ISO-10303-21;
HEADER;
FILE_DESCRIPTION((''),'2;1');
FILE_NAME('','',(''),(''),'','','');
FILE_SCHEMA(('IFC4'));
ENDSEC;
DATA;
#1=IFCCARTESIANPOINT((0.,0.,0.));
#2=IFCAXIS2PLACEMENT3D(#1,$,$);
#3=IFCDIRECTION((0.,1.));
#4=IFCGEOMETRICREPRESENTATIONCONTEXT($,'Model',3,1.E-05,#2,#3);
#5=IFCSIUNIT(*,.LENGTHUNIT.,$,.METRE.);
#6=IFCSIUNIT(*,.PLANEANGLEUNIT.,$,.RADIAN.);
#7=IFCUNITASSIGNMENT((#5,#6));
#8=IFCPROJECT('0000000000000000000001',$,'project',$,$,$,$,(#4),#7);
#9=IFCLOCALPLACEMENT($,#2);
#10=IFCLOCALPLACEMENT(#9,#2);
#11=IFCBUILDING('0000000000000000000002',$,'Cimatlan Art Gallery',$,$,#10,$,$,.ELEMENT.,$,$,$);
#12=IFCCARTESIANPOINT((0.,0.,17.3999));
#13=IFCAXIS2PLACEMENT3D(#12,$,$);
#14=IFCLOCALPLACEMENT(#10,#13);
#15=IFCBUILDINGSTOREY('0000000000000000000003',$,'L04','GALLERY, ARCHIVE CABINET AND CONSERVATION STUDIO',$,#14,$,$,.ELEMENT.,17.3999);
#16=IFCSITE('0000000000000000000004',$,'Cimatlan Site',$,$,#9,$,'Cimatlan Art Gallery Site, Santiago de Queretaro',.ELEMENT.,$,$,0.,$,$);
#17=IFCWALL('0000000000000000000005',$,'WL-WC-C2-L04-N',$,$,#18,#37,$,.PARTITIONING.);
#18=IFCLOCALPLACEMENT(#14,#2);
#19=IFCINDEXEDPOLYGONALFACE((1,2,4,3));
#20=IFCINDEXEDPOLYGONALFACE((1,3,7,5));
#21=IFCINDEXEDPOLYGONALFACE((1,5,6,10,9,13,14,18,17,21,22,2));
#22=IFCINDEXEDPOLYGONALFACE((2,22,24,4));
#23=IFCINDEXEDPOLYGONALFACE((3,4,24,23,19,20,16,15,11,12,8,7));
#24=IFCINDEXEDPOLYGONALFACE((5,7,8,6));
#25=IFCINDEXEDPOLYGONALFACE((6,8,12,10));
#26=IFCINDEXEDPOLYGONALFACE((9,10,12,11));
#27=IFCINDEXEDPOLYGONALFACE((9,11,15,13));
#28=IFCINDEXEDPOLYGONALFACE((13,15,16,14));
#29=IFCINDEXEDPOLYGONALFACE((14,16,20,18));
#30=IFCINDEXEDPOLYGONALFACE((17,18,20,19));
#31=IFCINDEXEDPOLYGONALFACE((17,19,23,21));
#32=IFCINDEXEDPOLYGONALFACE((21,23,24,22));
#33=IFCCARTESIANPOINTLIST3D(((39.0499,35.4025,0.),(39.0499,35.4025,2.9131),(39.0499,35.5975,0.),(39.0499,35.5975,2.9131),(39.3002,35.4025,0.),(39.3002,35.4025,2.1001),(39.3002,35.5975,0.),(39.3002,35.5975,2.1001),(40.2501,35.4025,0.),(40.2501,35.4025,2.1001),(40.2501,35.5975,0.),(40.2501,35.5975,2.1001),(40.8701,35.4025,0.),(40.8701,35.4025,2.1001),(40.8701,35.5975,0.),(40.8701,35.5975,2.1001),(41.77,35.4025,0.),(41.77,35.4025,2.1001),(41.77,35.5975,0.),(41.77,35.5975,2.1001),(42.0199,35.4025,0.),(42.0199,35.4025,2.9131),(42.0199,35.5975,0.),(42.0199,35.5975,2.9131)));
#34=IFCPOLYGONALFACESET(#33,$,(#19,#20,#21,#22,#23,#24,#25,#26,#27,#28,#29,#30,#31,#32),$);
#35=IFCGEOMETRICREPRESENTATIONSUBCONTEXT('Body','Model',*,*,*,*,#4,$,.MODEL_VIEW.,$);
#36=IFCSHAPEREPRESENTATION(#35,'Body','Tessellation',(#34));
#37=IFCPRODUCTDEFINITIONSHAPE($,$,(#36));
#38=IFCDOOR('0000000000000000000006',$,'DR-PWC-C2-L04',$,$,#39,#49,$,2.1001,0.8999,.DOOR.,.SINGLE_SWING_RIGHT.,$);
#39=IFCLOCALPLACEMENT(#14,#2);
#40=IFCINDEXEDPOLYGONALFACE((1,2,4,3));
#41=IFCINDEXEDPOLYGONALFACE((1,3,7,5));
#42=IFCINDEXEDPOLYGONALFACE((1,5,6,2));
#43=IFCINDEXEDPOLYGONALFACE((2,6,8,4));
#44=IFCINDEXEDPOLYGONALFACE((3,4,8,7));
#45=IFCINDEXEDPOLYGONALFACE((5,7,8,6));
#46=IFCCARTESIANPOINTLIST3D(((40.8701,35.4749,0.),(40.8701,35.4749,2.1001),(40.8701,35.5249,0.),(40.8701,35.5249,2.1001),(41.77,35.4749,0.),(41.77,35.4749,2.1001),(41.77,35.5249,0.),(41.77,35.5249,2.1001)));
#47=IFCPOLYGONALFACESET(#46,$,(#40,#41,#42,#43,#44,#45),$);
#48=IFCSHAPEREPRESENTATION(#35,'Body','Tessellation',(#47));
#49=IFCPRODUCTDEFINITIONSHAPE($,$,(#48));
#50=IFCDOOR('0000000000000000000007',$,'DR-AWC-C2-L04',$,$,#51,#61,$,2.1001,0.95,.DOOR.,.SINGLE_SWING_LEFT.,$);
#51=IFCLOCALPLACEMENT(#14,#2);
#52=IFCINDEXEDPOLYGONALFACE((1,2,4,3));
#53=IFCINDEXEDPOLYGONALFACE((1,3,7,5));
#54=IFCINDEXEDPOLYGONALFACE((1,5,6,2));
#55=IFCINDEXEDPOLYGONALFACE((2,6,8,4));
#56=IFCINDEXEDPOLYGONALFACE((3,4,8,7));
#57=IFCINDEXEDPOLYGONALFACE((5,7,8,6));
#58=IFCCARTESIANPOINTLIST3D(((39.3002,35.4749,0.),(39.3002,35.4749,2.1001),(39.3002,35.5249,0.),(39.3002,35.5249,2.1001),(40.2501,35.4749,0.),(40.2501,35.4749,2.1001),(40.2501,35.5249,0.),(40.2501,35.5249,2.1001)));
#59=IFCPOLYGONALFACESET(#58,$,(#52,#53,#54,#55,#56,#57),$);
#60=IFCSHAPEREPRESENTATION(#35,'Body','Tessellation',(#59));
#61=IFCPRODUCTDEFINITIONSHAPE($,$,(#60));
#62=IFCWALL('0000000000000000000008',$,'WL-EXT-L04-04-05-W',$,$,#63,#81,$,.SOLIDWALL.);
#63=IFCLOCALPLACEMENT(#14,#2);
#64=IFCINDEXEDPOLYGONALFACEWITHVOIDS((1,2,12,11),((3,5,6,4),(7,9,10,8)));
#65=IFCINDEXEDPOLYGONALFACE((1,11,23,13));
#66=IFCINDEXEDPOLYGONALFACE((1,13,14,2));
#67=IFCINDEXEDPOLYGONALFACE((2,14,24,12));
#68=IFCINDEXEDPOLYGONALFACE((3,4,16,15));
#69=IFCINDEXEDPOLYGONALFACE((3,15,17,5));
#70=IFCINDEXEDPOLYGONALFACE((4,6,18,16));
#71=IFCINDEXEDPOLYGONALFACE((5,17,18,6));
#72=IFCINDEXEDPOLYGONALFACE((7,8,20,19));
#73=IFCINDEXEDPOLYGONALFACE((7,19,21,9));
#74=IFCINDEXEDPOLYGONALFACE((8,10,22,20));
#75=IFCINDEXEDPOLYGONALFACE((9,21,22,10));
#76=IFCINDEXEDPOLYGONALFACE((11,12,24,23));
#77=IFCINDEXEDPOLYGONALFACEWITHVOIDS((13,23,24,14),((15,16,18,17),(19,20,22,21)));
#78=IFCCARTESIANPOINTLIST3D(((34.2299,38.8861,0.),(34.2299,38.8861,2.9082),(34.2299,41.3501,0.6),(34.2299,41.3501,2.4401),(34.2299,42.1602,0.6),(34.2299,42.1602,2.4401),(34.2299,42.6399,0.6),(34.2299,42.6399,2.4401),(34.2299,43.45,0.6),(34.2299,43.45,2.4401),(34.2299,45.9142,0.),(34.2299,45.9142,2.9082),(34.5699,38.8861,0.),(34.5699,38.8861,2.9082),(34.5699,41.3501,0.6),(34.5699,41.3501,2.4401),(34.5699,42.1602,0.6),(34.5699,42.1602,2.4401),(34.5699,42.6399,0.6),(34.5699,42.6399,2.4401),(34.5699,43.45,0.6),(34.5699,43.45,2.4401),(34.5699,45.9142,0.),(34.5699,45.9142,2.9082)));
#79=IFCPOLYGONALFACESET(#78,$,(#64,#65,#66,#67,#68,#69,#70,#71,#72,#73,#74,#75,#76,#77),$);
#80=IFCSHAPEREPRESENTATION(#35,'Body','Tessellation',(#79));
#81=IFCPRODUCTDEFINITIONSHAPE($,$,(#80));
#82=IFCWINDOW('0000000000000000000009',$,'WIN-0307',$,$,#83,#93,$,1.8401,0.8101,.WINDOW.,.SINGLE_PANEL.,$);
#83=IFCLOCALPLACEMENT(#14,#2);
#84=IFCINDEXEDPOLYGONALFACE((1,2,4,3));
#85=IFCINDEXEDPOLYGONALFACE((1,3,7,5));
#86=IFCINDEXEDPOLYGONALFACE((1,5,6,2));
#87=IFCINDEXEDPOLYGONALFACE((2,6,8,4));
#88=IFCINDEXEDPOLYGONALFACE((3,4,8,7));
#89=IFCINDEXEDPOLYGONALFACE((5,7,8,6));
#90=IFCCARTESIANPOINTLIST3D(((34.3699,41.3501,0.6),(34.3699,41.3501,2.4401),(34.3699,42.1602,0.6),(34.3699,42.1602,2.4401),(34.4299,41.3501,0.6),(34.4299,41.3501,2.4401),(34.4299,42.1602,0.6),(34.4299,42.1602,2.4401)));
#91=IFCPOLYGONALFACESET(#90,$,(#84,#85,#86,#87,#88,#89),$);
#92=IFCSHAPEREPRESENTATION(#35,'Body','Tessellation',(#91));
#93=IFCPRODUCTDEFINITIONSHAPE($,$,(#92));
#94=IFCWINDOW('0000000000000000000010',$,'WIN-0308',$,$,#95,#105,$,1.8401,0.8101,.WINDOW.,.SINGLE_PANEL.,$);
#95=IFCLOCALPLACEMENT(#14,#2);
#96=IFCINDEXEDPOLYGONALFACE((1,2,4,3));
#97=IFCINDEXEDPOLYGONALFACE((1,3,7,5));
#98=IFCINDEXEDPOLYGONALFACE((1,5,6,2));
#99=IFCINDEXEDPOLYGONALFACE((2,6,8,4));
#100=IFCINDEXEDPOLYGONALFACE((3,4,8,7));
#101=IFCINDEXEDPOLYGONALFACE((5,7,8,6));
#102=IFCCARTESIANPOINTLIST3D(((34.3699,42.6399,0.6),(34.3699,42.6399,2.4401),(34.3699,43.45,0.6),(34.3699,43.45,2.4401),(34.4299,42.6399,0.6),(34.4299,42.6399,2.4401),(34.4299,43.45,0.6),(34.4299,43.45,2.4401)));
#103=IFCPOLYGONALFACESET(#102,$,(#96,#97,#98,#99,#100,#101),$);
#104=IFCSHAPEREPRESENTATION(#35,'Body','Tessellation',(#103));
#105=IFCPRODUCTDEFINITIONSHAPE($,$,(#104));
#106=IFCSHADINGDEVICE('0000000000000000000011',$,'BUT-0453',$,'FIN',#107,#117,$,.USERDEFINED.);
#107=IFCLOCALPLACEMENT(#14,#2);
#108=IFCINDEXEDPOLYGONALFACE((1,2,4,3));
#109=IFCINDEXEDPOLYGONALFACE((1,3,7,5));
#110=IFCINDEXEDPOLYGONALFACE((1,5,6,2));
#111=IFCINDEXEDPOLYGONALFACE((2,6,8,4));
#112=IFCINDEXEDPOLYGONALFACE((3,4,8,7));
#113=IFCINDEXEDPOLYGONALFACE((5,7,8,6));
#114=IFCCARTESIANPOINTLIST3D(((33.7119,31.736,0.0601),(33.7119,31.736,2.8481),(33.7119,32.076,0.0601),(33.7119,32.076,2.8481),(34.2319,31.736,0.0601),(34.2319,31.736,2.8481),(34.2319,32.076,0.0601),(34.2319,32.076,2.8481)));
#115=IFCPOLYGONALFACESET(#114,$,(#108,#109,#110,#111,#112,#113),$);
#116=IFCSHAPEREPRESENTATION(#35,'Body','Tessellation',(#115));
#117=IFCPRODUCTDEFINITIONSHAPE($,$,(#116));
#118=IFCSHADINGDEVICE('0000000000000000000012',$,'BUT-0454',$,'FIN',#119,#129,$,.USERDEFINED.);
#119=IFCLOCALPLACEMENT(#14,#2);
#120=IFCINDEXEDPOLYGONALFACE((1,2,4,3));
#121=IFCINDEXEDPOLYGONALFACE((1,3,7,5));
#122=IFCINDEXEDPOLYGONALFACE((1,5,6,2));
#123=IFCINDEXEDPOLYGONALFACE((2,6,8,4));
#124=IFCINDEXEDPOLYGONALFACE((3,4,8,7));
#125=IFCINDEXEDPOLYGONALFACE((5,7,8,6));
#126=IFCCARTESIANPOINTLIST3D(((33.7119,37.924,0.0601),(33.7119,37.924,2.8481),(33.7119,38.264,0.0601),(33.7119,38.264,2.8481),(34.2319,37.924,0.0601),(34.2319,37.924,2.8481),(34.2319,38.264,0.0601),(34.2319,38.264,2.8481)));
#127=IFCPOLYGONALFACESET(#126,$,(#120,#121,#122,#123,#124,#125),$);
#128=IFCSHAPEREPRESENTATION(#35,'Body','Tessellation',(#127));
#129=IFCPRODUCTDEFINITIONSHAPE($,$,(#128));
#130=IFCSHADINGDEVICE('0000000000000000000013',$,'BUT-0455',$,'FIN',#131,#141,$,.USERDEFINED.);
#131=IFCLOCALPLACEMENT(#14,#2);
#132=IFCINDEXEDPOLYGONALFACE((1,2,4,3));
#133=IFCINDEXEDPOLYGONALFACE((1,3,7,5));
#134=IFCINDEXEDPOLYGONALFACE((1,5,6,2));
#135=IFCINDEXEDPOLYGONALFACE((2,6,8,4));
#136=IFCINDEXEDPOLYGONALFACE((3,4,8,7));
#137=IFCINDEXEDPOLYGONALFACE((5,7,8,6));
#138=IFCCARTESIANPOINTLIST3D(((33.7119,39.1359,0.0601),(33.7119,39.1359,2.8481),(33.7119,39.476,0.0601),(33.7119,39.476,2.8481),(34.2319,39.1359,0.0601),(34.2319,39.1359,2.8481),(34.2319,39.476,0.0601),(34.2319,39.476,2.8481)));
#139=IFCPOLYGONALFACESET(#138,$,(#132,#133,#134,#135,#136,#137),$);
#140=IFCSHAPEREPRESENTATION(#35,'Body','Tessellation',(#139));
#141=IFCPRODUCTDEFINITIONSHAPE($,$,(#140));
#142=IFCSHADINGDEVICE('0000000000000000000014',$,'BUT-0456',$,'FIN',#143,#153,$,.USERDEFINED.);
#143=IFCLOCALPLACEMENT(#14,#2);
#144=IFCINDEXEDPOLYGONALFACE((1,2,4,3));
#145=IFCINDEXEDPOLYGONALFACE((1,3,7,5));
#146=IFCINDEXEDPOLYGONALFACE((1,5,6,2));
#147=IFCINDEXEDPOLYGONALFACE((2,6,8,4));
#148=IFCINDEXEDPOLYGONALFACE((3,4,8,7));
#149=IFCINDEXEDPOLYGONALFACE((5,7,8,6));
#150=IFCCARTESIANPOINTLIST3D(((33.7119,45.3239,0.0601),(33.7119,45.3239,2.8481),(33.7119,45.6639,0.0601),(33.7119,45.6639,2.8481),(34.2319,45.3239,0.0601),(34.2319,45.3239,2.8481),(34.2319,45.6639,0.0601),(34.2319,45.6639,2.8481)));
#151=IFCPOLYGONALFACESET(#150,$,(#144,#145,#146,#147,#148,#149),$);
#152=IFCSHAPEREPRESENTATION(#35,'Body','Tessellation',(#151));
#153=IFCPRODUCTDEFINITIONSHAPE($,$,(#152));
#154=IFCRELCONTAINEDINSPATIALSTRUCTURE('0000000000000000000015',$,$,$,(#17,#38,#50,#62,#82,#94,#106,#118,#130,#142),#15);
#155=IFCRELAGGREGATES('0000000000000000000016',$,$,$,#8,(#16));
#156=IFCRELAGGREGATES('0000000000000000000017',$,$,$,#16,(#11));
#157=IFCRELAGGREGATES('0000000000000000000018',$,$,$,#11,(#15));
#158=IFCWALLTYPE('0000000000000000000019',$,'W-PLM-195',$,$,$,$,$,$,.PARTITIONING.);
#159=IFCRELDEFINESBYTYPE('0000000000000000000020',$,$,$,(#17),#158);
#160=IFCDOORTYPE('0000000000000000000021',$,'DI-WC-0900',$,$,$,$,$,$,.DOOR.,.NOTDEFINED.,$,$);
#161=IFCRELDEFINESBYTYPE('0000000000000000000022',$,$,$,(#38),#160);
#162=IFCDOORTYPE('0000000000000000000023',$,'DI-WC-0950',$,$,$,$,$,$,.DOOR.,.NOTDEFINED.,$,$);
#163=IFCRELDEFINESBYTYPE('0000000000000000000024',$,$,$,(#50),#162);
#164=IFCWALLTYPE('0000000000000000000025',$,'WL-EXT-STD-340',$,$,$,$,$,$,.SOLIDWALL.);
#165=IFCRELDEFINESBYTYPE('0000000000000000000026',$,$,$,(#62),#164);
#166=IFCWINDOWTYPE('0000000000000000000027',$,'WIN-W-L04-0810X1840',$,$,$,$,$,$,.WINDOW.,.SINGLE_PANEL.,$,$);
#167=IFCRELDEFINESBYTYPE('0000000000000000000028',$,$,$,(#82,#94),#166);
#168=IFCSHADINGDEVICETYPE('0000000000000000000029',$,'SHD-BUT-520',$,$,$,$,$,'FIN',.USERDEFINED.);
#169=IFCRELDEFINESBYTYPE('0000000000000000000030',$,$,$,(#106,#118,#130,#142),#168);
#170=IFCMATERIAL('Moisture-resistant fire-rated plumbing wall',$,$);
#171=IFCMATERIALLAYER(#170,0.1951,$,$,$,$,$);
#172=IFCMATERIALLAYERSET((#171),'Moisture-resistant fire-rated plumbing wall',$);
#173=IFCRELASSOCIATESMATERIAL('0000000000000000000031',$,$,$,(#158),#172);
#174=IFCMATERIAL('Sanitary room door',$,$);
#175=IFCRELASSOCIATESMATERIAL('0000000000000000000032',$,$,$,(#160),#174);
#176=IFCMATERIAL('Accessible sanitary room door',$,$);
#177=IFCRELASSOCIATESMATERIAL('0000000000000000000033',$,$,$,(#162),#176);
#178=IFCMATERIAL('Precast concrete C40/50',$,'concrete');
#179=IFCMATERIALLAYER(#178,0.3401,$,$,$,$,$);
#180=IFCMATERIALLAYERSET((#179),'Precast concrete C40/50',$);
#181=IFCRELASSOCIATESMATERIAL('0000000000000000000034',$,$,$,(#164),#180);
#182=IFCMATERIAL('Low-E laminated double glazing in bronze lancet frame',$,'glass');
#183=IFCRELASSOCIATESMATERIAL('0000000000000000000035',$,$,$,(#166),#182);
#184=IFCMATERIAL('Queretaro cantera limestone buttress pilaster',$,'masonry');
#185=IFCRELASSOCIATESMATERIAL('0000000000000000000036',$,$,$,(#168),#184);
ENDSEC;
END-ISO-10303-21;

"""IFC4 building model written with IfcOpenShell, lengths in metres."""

from ifc_helpers import new_model, si_unit, direction, frame, frame_2d, origin, origin_2d, place, context, subcontext, project, spatial, rectangle, extrude, material, layer, layer_set, type_object, element, fill, save


model = new_model("IFC4")

# Units and contexts
model_context = context("Model", 3, precision=1e-05, world=origin(), true_north=direction((0.0, 1.0)))
body_context = subcontext(model_context, "Body", "Model", "MODEL_VIEW")
ifc_project = project(units=[si_unit("LENGTHUNIT", "METRE"), si_unit("PLANEANGLEUNIT", "RADIAN")], contexts=[model_context])

# Site, building, storey
site_placement = place(None, origin())
site = spatial("IfcSite", under=ifc_project, at=site_placement, Name="Cimatlan Site", LongName="Cimatlan Art Gallery Site, Santiago de Queretaro", CompositionType="ELEMENT", RefElevation=0.0)
building_placement = place(site_placement, origin())
building = spatial("IfcBuilding", under=site, at=building_placement, Name="Cimatlan Art Gallery", CompositionType="ELEMENT")
storey_placement = place(building_placement, frame((0.0, 0.0, 17.3999)))
storey = spatial("IfcBuildingStorey", under=building, at=storey_placement, Name="L04", Description="GALLERY, ARCHIVE CABINET AND CONSERVATION STUDIO", CompositionType="ELEMENT", Elevation=17.3999)

# Shared definitions
ifc_material_1 = material(Name="Precast concrete C40/50", Category="concrete")

# Shared definitions
ifc_material_2 = material(Name="Moisture-resistant fire-rated plumbing wall")
ifc_layer_1 = layer(ifc_material_2, 0.1951)
ifc_layer_set_1 = layer_set([ifc_layer_1], Name="Moisture-resistant fire-rated plumbing wall")
wall_type_1 = type_object("IfcWallType", Name="W-PLM-195", PredefinedType="PARTITIONING", material=ifc_layer_set_1)

# Wall, openings, doors
wall_1_placement = place(storey_placement, frame((39.05, 35.5, 0.0), z_axis=(0.0, 0.0, 1.0), x_axis=(1.0, 0.0, 0.0)))
wall_1 = element("IfcWall", 1, at=wall_1_placement, inside=storey, type_object=wall_type_1, Name="WL-WC-C2-L04-N", PredefinedType="PARTITIONING", context=body_context, shape_type="SweptSolid", body=[
    extrude(rectangle(XDim=2.97, YDim=0.1951, at=frame_2d((1.4849, 0.0))), origin(), (0.0, 0.0, 1.0), 2.9131),
])
opening_1_placement = place(wall_1_placement, frame((0.25, 0.0, 0.0)))
opening_1 = element("IfcOpeningElement", 2, at=opening_1_placement, cuts=wall_1, PredefinedType="OPENING", context=body_context, shape_type="SweptSolid", body=[
    extrude(rectangle(XDim=0.95, YDim=2.1001, at=frame_2d((0.4751, 1.05))), frame((0.0, 0.1074, 0.0), z_axis=(0.0, -1.0, 0.0), x_axis=(1.0, 0.0, 0.0)), (0.0, 0.0, 1.0), 0.2151),
])
opening_2_placement = place(wall_1_placement, frame((1.8201, 0.0, 0.0)))
opening_2 = element("IfcOpeningElement", 3, at=opening_2_placement, cuts=wall_1, PredefinedType="OPENING", context=body_context, shape_type="SweptSolid", body=[
    extrude(rectangle(XDim=0.8999, YDim=2.1001, at=frame_2d((0.45, 1.05))), frame((0.0, 0.1074, 0.0), z_axis=(0.0, -1.0, 0.0), x_axis=(1.0, 0.0, 0.0)), (0.0, 0.0, 1.0), 0.2151),
])
ifc_material_3 = material(Name="Sanitary room door")
door_type_1 = type_object("IfcDoorType", Name="DI-WC-0900", OperationType="NOTDEFINED", PredefinedType="DOOR", material=ifc_material_3)
door_1_placement = place(opening_2_placement, origin())
door_1 = element("IfcDoor", 4, at=door_1_placement, inside=storey, type_object=door_type_1, Name="DR-PWC-C2-L04", OperationType="SINGLE_SWING_RIGHT", OverallHeight=2.1001, OverallWidth=0.8999, PredefinedType="DOOR", context=body_context, shape_type="SweptSolid", body=[
    extrude(rectangle(XDim=0.8999, YDim=2.1001, at=frame_2d((0.45, 1.05))), frame((0.0, 0.0249, 0.0), z_axis=(0.0, -1.0, 0.0), x_axis=(1.0, 0.0, 0.0)), (0.0, 0.0, 1.0), 0.05),
])
fill(opening_2, door_1)
ifc_material_4 = material(Name="Accessible sanitary room door")
door_type_2 = type_object("IfcDoorType", Name="DI-WC-0950", OperationType="NOTDEFINED", PredefinedType="DOOR", material=ifc_material_4)
door_2_placement = place(opening_1_placement, origin())
door_2 = element("IfcDoor", 5, at=door_2_placement, inside=storey, type_object=door_type_2, Name="DR-AWC-C2-L04", OperationType="SINGLE_SWING_LEFT", OverallHeight=2.1001, OverallWidth=0.95, PredefinedType="DOOR", context=body_context, shape_type="SweptSolid", body=[
    extrude(rectangle(XDim=0.95, YDim=2.1001, at=frame_2d((0.4751, 1.05))), frame((0.0, 0.0249, 0.0), z_axis=(0.0, -1.0, 0.0), x_axis=(1.0, 0.0, 0.0)), (0.0, 0.0, 1.0), 0.05),
])
fill(opening_1, door_2)

# Wall, openings, windows
ifc_layer_2 = layer(ifc_material_1, 0.3401)
ifc_layer_set_2 = layer_set([ifc_layer_2], Name="Precast concrete C40/50")
wall_type_2 = type_object("IfcWallType", Name="WL-EXT-STD-340", PredefinedType="SOLIDWALL", material=ifc_layer_set_2)
wall_2_placement = place(storey_placement, frame((34.3999, 38.886, 0.0), z_axis=(0.0, 0.0, 1.0), x_axis=(0.0, 1.0, 0.0)))
wall_2 = element("IfcWall", 6, at=wall_2_placement, inside=storey, type_object=wall_type_2, Name="WL-EXT-L04-04-05-W", PredefinedType="SOLIDWALL", context=body_context, shape_type="SweptSolid", body=[
    extrude(rectangle(XDim=7.0281, YDim=0.3401, at=frame_2d((3.5142, 0.0))), origin(), (0.0, 0.0, 1.0), 2.9082),
])
opening_3_placement = place(wall_2_placement, frame((2.4641, 0.0, 0.6001)))
opening_3 = element("IfcOpeningElement", 7, at=opening_3_placement, cuts=wall_2, PredefinedType="OPENING", context=body_context, shape_type="SweptSolid", body=[
    extrude(rectangle(XDim=0.8101, YDim=1.8401, at=frame_2d((0.405, 0.9199))), frame((0.0, 0.1802, 0.0), z_axis=(0.0, -1.0, 0.0), x_axis=(1.0, 0.0, 0.0)), (0.0, 0.0, 1.0), 0.3601),
])
opening_4_placement = place(wall_2_placement, frame((3.7539, 0.0, 0.6001)))
opening_4 = element("IfcOpeningElement", 8, at=opening_4_placement, cuts=wall_2, PredefinedType="OPENING", context=body_context, shape_type="SweptSolid", body=[
    extrude(rectangle(XDim=0.8101, YDim=1.8401, at=frame_2d((0.405, 0.9199))), frame((0.0, 0.1802, 0.0), z_axis=(0.0, -1.0, 0.0), x_axis=(1.0, 0.0, 0.0)), (0.0, 0.0, 1.0), 0.3601),
])
ifc_material_5 = material(Name="Low-E laminated double glazing in bronze lancet frame", Category="glass")
window_type = type_object("IfcWindowType", Name="WIN-W-L04-0810X1840", PartitioningType="SINGLE_PANEL", PredefinedType="WINDOW", material=ifc_material_5)
window_1_placement = place(opening_3_placement, origin())
window_1 = element("IfcWindow", 9, at=window_1_placement, inside=storey, type_object=window_type, Name="WIN-0307", OverallHeight=1.8401, OverallWidth=0.8101, PartitioningType="SINGLE_PANEL", PredefinedType="WINDOW", context=body_context, shape_type="SweptSolid", body=[
    extrude(rectangle(XDim=0.8101, YDim=1.8401, at=frame_2d((0.405, 0.9199))), frame((0.0, 0.03, 0.0), z_axis=(0.0, -1.0, 0.0), x_axis=(1.0, 0.0, 0.0)), (0.0, 0.0, 1.0), 0.0601),
])
fill(opening_3, window_1)
window_2_placement = place(opening_4_placement, origin())
window_2 = element("IfcWindow", 10, at=window_2_placement, inside=storey, type_object=window_type, Name="WIN-0308", OverallHeight=1.8401, OverallWidth=0.8101, PartitioningType="SINGLE_PANEL", PredefinedType="WINDOW", context=body_context, shape_type="SweptSolid", body=[
    extrude(rectangle(XDim=0.8101, YDim=1.8401, at=frame_2d((0.405, 0.9199))), frame((0.0, 0.03, 0.0), z_axis=(0.0, -1.0, 0.0), x_axis=(1.0, 0.0, 0.0)), (0.0, 0.0, 1.0), 0.0601),
])
fill(opening_4, window_2)

# Shading devices
ifc_material_6 = material(Name="Queretaro cantera limestone buttress pilaster", Category="masonry")
shading_device_type = type_object("IfcShadingDeviceType", Name="SHD-BUT-520", ElementType="FIN", PredefinedType="USERDEFINED", material=ifc_material_6)
for number, where, z_axis, x_axis, name in (
    (11, (33.9719, 31.906, 0.0601), (0.0, 0.0, 1.0), (0.0, 1.0, 0.0), "BUT-0453"),
    (12, (33.9719, 38.094, 0.0601), (0.0, 0.0, 1.0), (0.0, 1.0, 0.0), "BUT-0454"),
    (13, (33.9719, 39.3059, 0.0601), (0.0, 0.0, 1.0), (0.0, 1.0, 0.0), "BUT-0455"),
    (14, (33.9719, 45.4939, 0.0601), (0.0, 0.0, 1.0), (0.0, 1.0, 0.0), "BUT-0456"),
):
    element("IfcShadingDevice", number, at=place(storey_placement, frame(where, z_axis=z_axis, x_axis=x_axis)), inside=storey, type_object=shading_device_type, Name=name, ObjectType="FIN", PredefinedType="USERDEFINED", context=body_context, shape_type="SweptSolid", body=[
        extrude(rectangle(XDim=0.3401, YDim=0.52, at=origin_2d()), origin(), (0.0, 0.0, 1.0), 2.7881),
    ])

save(model, "model.ifc")
